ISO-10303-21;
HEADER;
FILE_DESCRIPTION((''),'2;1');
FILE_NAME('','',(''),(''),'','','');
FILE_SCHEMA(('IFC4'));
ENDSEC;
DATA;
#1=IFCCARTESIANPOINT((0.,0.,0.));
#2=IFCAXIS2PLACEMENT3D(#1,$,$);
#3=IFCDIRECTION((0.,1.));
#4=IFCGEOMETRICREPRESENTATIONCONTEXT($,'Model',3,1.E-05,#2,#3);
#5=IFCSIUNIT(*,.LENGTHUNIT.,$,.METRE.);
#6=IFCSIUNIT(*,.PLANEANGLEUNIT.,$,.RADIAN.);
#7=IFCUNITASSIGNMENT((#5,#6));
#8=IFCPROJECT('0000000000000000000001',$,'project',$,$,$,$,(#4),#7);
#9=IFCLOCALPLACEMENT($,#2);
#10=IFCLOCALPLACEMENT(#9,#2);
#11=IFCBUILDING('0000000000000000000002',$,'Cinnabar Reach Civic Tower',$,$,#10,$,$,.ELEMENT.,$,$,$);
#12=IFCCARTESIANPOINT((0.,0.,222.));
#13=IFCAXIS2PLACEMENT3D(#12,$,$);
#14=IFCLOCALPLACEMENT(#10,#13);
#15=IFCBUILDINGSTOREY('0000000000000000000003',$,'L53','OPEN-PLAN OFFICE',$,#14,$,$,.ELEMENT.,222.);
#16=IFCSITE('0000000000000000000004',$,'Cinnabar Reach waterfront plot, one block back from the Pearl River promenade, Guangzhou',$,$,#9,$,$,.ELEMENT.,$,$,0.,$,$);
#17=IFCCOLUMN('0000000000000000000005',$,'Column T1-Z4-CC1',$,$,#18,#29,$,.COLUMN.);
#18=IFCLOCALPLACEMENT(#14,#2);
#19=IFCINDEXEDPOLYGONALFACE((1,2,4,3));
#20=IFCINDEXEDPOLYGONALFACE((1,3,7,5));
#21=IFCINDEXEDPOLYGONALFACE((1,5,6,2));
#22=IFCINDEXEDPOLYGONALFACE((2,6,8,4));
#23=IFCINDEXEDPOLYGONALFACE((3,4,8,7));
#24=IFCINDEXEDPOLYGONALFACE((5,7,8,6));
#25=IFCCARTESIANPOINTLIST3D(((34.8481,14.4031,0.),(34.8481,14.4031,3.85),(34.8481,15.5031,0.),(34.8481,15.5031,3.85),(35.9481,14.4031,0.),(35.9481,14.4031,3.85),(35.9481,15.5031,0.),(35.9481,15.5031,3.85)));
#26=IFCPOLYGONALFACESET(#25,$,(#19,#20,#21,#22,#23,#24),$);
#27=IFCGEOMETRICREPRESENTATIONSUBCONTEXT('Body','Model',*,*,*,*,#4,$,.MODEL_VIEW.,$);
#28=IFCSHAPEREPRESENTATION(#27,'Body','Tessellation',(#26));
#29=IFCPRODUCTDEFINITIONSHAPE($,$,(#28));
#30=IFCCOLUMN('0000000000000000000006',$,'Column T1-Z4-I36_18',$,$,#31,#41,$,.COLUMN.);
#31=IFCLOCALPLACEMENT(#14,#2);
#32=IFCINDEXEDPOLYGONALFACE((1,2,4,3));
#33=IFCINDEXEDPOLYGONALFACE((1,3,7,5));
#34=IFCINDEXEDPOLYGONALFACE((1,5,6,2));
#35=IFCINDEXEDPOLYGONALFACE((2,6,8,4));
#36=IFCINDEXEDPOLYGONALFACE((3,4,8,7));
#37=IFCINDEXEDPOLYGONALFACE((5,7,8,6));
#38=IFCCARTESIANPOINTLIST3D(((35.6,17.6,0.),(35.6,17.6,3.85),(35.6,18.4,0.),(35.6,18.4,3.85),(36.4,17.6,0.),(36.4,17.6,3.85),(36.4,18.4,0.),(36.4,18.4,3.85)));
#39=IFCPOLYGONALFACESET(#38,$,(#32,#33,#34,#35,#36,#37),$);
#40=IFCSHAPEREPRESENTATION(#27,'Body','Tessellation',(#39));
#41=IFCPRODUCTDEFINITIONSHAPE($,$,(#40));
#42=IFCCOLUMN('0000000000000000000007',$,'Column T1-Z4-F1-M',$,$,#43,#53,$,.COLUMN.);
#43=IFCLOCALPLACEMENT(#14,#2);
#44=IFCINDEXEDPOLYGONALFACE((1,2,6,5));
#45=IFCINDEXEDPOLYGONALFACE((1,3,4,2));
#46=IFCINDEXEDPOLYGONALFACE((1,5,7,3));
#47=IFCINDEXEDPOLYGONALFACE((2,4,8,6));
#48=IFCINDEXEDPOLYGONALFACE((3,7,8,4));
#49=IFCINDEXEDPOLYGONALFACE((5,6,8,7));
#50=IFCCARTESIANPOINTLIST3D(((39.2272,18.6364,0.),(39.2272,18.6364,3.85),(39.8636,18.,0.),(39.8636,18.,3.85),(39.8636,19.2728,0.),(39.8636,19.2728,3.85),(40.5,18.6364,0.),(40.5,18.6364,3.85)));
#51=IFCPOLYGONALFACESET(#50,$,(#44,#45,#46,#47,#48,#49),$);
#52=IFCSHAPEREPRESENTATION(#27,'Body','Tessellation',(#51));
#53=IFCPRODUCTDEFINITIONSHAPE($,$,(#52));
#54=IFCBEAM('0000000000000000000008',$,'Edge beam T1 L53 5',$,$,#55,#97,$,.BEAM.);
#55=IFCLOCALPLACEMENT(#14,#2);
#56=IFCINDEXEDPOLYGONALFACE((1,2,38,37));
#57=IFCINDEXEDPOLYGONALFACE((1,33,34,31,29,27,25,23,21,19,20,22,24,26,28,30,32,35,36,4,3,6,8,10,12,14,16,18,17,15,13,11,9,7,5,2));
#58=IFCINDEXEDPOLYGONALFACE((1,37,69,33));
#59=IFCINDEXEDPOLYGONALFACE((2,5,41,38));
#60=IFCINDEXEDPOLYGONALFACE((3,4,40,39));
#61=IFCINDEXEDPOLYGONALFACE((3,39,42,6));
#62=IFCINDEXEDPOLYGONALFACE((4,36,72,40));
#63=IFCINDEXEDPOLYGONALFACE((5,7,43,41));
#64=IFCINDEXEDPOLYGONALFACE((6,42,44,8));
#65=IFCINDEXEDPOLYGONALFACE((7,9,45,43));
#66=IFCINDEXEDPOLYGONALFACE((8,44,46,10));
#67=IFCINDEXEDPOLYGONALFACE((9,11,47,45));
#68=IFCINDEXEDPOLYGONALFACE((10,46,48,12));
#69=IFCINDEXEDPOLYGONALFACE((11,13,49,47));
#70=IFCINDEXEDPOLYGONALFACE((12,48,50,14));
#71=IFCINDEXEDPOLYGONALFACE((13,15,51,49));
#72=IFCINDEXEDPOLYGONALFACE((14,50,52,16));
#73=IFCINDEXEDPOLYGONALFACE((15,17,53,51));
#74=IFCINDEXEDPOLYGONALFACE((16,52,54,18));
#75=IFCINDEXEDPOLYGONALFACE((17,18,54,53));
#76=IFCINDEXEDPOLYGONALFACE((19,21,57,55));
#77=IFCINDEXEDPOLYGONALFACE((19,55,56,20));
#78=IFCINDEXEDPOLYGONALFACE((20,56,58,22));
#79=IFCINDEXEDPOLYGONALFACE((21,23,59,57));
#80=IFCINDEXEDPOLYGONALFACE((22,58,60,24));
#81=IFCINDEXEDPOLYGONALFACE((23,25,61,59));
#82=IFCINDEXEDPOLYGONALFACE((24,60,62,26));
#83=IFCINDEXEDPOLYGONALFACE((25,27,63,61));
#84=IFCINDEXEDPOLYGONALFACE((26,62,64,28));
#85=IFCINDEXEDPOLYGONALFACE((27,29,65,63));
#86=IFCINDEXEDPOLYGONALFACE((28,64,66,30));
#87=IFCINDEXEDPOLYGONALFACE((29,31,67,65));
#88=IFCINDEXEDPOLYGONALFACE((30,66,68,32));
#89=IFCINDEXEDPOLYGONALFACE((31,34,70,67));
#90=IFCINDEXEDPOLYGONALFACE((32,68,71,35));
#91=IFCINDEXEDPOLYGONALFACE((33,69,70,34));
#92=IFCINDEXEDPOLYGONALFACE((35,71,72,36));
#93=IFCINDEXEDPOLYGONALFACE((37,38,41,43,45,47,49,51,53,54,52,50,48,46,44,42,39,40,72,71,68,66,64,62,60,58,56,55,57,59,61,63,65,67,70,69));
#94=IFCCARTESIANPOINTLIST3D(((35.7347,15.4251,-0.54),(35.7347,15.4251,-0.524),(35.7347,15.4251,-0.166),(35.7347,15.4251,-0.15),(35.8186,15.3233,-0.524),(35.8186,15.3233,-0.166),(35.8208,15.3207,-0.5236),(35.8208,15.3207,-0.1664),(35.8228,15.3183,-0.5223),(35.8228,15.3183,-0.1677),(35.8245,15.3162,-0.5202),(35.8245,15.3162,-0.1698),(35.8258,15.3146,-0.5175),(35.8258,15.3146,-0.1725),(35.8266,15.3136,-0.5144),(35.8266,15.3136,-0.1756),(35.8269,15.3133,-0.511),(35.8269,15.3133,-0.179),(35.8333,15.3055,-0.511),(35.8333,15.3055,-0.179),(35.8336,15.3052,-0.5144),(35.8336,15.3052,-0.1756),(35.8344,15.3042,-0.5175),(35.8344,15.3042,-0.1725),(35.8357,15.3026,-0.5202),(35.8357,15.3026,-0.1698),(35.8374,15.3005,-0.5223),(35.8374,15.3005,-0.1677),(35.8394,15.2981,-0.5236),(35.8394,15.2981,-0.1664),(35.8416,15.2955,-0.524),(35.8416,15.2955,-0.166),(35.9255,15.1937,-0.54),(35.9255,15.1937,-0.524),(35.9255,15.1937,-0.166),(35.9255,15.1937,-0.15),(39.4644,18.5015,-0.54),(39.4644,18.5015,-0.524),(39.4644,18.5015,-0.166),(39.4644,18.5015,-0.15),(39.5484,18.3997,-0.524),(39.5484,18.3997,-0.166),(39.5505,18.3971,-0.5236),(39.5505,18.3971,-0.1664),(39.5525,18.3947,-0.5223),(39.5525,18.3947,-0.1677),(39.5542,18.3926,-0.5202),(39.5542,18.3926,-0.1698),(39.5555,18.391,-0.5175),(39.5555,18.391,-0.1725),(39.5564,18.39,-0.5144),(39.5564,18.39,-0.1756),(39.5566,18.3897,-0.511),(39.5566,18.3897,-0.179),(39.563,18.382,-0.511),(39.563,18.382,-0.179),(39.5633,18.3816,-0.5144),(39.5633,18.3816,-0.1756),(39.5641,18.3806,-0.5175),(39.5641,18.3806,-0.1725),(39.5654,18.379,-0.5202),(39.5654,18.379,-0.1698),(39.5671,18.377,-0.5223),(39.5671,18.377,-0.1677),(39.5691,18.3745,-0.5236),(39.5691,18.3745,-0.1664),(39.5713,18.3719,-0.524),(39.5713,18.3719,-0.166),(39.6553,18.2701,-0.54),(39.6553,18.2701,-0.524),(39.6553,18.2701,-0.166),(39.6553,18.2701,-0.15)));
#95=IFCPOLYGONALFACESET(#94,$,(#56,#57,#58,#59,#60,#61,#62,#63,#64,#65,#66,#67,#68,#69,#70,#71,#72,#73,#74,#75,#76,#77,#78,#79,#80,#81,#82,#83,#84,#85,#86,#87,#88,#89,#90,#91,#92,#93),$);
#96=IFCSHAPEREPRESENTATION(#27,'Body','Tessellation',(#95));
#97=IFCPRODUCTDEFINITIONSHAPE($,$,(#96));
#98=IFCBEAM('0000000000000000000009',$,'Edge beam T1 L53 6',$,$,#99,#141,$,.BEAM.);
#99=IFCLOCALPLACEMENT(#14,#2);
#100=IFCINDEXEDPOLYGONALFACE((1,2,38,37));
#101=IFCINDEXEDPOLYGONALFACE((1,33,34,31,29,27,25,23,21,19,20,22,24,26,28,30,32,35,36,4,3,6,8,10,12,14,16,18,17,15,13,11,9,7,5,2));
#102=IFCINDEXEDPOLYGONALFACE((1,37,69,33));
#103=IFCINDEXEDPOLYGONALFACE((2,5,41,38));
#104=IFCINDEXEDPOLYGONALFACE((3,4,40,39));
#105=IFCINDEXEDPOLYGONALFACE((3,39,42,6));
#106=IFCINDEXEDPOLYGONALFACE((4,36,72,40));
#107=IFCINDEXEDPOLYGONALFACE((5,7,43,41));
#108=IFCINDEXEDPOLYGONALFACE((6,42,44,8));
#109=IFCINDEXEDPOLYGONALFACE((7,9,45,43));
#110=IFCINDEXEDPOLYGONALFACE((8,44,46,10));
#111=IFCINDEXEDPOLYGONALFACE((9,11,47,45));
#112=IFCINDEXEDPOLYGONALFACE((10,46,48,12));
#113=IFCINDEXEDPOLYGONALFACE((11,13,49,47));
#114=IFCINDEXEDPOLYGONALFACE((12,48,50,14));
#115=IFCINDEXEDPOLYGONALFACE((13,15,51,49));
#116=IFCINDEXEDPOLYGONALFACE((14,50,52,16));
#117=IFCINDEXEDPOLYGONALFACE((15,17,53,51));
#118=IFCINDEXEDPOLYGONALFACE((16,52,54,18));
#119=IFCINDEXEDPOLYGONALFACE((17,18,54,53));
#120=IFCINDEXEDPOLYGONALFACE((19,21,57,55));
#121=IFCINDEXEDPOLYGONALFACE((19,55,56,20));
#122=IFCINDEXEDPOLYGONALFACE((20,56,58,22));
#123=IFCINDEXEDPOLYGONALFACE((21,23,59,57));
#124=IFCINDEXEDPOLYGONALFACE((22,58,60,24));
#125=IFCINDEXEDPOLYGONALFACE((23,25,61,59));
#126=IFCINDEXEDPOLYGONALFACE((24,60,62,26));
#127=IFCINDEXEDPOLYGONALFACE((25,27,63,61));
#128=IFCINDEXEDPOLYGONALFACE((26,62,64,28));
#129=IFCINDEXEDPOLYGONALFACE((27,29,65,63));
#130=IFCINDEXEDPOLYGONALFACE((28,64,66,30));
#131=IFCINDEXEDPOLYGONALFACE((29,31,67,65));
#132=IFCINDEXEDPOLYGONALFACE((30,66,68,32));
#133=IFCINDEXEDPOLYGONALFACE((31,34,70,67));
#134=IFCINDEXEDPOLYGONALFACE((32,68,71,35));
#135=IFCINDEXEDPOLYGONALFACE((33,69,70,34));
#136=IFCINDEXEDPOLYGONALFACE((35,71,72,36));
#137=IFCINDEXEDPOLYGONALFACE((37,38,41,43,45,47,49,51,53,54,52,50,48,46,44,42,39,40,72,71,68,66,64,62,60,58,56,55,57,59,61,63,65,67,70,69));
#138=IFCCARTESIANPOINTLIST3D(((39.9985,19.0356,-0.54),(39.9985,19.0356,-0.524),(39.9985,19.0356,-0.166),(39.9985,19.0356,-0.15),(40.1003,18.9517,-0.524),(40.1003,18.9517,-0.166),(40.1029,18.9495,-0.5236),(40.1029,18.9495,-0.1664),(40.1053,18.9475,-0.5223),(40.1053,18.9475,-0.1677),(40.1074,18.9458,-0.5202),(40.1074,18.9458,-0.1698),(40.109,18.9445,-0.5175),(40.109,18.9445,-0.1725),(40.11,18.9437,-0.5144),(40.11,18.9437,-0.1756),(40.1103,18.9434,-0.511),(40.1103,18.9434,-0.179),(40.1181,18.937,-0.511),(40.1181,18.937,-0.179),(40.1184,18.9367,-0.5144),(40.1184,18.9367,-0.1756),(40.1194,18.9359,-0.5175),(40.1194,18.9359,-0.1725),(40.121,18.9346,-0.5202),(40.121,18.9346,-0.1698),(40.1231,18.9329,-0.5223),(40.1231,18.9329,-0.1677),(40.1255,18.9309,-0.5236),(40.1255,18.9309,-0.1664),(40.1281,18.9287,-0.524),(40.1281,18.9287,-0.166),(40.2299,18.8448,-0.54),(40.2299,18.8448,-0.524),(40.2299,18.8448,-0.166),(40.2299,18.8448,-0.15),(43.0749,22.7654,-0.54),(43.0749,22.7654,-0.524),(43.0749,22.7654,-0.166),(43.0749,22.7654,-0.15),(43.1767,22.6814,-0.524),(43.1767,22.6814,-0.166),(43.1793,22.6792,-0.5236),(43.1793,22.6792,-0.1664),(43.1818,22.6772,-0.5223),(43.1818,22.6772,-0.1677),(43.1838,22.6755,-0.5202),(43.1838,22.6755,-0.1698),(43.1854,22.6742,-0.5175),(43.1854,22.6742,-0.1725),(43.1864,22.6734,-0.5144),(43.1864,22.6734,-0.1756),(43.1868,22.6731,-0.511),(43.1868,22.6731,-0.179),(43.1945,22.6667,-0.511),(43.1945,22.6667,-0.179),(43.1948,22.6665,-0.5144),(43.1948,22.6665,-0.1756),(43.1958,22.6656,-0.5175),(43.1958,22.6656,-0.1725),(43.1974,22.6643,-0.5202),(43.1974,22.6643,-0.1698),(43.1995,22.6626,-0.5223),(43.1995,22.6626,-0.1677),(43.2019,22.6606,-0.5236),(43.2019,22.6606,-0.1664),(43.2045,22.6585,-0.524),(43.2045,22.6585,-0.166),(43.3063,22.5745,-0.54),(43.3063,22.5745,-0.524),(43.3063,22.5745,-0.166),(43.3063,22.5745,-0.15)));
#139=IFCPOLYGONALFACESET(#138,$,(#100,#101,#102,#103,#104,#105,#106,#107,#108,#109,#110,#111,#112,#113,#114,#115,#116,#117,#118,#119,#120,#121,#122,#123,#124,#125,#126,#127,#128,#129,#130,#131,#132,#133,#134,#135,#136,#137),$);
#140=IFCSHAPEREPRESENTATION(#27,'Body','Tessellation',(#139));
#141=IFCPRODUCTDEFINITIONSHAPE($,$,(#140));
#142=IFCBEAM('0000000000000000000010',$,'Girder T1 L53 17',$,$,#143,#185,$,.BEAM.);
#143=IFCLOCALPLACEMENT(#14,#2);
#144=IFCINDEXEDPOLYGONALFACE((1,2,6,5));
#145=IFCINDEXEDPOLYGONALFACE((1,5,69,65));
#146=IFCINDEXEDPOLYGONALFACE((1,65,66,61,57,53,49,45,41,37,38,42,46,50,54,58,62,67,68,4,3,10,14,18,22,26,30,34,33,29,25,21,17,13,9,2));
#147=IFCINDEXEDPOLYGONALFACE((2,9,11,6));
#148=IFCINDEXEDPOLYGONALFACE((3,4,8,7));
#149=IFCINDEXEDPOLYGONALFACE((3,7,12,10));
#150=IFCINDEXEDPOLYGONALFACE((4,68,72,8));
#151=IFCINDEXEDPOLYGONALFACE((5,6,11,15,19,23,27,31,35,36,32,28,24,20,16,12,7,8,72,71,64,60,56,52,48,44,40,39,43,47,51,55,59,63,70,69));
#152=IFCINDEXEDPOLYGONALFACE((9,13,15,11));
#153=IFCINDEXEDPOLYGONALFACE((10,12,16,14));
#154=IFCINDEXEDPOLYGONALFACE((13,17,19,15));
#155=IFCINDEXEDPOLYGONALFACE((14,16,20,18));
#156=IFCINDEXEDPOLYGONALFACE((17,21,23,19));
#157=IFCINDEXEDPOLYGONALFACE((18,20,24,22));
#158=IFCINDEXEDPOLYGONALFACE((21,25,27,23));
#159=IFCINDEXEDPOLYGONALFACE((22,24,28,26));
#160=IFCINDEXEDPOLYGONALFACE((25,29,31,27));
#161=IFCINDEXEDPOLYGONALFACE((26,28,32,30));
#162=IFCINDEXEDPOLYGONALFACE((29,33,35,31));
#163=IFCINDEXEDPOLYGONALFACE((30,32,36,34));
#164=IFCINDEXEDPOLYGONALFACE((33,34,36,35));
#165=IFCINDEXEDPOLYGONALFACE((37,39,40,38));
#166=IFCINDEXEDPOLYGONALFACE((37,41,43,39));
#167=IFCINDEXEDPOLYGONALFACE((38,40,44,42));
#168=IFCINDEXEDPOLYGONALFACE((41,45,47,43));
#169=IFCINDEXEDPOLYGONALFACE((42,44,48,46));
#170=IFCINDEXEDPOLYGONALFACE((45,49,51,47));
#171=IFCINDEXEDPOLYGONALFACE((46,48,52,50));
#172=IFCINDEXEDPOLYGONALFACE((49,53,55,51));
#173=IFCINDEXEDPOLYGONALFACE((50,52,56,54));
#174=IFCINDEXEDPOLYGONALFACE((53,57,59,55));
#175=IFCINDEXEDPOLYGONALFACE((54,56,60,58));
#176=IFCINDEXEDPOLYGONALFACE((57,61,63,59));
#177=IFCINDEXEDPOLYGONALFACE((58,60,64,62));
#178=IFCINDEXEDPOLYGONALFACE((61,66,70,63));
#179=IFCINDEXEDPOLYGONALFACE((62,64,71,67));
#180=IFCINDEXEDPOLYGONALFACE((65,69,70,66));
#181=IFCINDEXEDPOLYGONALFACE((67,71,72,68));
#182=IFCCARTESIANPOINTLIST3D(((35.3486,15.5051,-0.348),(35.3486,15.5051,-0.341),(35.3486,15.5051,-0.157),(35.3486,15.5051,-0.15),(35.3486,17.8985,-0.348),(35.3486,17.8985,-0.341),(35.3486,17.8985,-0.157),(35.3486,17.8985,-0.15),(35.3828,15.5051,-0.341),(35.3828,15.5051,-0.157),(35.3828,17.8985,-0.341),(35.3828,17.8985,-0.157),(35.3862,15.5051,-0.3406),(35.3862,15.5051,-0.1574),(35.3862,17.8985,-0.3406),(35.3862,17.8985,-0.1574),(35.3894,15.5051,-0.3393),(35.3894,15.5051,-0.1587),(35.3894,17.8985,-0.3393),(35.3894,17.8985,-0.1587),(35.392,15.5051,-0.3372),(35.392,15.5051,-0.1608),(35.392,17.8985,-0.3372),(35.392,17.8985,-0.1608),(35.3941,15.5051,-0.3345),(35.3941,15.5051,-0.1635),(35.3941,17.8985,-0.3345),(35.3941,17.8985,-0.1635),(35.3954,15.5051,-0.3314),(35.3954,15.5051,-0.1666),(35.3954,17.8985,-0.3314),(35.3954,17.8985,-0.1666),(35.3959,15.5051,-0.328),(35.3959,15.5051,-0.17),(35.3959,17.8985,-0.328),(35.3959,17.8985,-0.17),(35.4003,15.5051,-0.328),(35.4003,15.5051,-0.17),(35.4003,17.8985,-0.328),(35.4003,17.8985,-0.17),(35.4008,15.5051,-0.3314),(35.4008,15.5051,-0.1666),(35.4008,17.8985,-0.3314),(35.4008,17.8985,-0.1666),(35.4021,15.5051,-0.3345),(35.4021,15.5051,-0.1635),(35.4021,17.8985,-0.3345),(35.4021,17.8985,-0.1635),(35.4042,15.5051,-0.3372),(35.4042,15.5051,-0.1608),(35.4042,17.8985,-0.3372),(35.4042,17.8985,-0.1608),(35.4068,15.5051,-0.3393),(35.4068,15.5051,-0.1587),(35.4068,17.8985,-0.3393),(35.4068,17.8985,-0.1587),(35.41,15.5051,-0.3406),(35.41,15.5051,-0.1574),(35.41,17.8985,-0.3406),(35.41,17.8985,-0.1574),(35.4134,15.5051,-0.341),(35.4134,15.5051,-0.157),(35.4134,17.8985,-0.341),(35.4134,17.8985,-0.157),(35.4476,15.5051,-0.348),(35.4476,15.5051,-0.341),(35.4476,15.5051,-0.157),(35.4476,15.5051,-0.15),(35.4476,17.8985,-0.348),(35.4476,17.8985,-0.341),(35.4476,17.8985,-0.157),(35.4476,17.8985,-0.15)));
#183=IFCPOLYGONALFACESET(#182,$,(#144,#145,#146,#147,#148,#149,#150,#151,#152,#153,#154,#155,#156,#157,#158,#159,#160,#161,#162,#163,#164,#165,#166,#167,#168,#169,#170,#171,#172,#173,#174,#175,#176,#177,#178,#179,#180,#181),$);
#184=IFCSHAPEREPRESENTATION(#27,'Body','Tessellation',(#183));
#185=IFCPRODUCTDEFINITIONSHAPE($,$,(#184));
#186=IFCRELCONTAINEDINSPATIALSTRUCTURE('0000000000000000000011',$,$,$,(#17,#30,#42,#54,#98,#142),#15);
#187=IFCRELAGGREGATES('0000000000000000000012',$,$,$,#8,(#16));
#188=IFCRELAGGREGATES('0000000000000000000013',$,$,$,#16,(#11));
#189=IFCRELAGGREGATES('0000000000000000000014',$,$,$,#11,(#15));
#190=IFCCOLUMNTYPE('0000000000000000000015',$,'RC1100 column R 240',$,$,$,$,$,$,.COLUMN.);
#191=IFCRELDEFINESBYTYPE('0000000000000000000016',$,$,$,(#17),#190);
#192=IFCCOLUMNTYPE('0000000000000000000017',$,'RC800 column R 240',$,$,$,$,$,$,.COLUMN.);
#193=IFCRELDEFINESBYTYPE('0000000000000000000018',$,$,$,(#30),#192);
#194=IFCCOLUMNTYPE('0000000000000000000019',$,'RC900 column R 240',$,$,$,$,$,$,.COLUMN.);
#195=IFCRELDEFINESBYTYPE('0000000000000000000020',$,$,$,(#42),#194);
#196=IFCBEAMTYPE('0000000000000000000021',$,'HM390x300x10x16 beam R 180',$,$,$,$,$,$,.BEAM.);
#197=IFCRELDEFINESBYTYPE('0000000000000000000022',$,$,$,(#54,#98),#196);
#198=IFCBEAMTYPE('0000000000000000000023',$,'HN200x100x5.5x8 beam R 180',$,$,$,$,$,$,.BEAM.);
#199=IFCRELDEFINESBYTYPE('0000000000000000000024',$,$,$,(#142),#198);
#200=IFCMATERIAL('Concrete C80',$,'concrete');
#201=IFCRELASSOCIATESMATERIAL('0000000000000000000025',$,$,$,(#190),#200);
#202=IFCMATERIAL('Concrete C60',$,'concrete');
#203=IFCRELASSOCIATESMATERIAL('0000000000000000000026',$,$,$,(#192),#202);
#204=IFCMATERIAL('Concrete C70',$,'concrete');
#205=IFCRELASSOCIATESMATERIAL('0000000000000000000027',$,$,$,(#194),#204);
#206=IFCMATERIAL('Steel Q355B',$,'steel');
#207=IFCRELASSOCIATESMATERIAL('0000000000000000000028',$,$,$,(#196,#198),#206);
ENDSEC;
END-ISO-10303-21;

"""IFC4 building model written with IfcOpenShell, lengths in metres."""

from ifc_helpers import new_model, si_unit, direction, frame, origin, origin_2d, place, context, subcontext, project, spatial, rectangle, i_section, extrude, material, material_profile, profile_set, type_object, element, save


model = new_model("IFC4")

# Units and contexts
model_context = context("Model", 3, precision=1e-05, world=origin(), true_north=direction((0.0, 1.0)))
body_context = subcontext(model_context, "Body", "Model", "MODEL_VIEW")
ifc_project = project(units=[si_unit("LENGTHUNIT", "METRE"), si_unit("PLANEANGLEUNIT", "RADIAN")], contexts=[model_context])

# Site, building, storey
site_placement = place(None, origin())
site = spatial("IfcSite", under=ifc_project, at=site_placement, Name="Cinnabar Reach waterfront plot, one block back from the Pearl River promenade, Guangzhou", CompositionType="ELEMENT", RefElevation=0.0)
building_placement = place(site_placement, origin())
building = spatial("IfcBuilding", under=site, at=building_placement, Name="Cinnabar Reach Civic Tower", CompositionType="ELEMENT")
storey_placement = place(building_placement, frame((0.0, 0.0, 222.0)))
storey = spatial("IfcBuildingStorey", under=building, at=storey_placement, Name="L53", Description="OPEN-PLAN OFFICE", CompositionType="ELEMENT", Elevation=222.0)

# Columns
ifc_material_1 = material(Name="Concrete C80", Category="concrete")
ifc_material_profile_1 = material_profile(ifc_material_1, rectangle(XDim=1.1, YDim=1.1, at=origin_2d()), Name="RC1100")
ifc_profile_set_1 = profile_set([ifc_material_profile_1], Name="Concrete C80")
column_type_1 = type_object("IfcColumnType", Name="RC1100 column R 240", PredefinedType="COLUMN", material=ifc_profile_set_1)
column_1_placement = place(storey_placement, frame((35.3981, 14.9531, 0.0), z_axis=(0.0, 0.0, 1.0), x_axis=(1.0, 0.0, 0.0)))
element("IfcColumn", 1, at=column_1_placement, inside=storey, type_object=column_type_1, Name="Column T1-Z4-CC1", PredefinedType="COLUMN", context=body_context, shape_type="SweptSolid", body=[
    extrude(rectangle(XDim=1.1, YDim=1.1, at=origin_2d()), origin(), (0.0, 0.0, 1.0), 3.85),
])
ifc_material_2 = material(Name="Concrete C60", Category="concrete")
ifc_material_profile_2 = material_profile(ifc_material_2, rectangle(XDim=0.8, YDim=0.8, at=origin_2d()), Name="RC800")
ifc_profile_set_2 = profile_set([ifc_material_profile_2], Name="Concrete C60")
column_type_2 = type_object("IfcColumnType", Name="RC800 column R 240", PredefinedType="COLUMN", material=ifc_profile_set_2)
column_2_placement = place(storey_placement, frame((36.0, 18.0, 0.0), z_axis=(0.0, 0.0, 1.0), x_axis=(1.0, 0.0, 0.0)))
element("IfcColumn", 2, at=column_2_placement, inside=storey, type_object=column_type_2, Name="Column T1-Z4-I36_18", PredefinedType="COLUMN", context=body_context, shape_type="SweptSolid", body=[
    extrude(rectangle(XDim=0.8, YDim=0.8, at=origin_2d()), origin(), (0.0, 0.0, 1.0), 3.85),
])
ifc_material_3 = material(Name="Concrete C70", Category="concrete")
ifc_material_profile_3 = material_profile(ifc_material_3, rectangle(XDim=0.9, YDim=0.9, at=origin_2d()), Name="RC900")
ifc_profile_set_3 = profile_set([ifc_material_profile_3], Name="Concrete C70")
column_type_3 = type_object("IfcColumnType", Name="RC900 column R 240", PredefinedType="COLUMN", material=ifc_profile_set_3)
column_3_placement = place(storey_placement, frame((39.8636, 18.6364, 0.0), z_axis=(0.0, 0.0, 1.0), x_axis=(0.707107, 0.707107, 0.0)))
element("IfcColumn", 3, at=column_3_placement, inside=storey, type_object=column_type_3, Name="Column T1-Z4-F1-M", PredefinedType="COLUMN", context=body_context, shape_type="SweptSolid", body=[
    extrude(rectangle(XDim=0.9, YDim=0.9, at=origin_2d()), origin(), (0.0, 0.0, 1.0), 3.85),
])

# Beams
ifc_material_4 = material(Name="Steel Q355B", Category="steel")
ifc_material_profile_4 = material_profile(ifc_material_4, i_section(OverallWidth=0.3, OverallDepth=0.39, WebThickness=0.01, FlangeThickness=0.016, FilletRadius=0.013, at=origin_2d()), Name="HM390x300x10x16")
ifc_profile_set_4 = profile_set([ifc_material_profile_4], Name="Steel Q355B")
beam_type_1 = type_object("IfcBeamType", Name="HM390x300x10x16 beam R 180", PredefinedType="BEAM", material=ifc_profile_set_4)
for number, where, z_axis, x_axis, name in (
    (4, (35.8301, 15.3094, -0.345), (0.771434, 0.636309, 0.0), (-0.636309, 0.771434, 0.0), "Edge beam T1 L53 5"),
    (5, (40.1142, 18.9402, -0.345), (0.636309, 0.771434, 0.0), (-0.771434, 0.636309, 0.0), "Edge beam T1 L53 6"),
):
    element("IfcBeam", number, at=place(storey_placement, frame(where, z_axis=z_axis, x_axis=x_axis)), inside=storey, type_object=beam_type_1, Name=name, PredefinedType="BEAM", context=body_context, shape_type="SweptSolid", body=[
        extrude(i_section(OverallWidth=0.3, OverallDepth=0.39, WebThickness=0.01, FlangeThickness=0.016, FilletRadius=0.013, at=origin_2d()), origin(), (0.0, 0.0, 1.0), 4.8348),
    ])
ifc_material_profile_5 = material_profile(ifc_material_4, i_section(OverallWidth=0.099, OverallDepth=0.198, WebThickness=0.0045, FlangeThickness=0.007, FilletRadius=0.013, at=origin_2d()), Name="HN200x100x5.5x8")
ifc_profile_set_5 = profile_set([ifc_material_profile_5], Name="Steel Q355B")
beam_type_2 = type_object("IfcBeamType", Name="HN200x100x5.5x8 beam R 180", PredefinedType="BEAM", material=ifc_profile_set_5)
beam_1_placement = place(storey_placement, frame((35.3981, 15.5051, -0.249), z_axis=(0.0, 1.0, 0.0), x_axis=(-1.0, 0.0, 0.0)))
element("IfcBeam", 6, at=beam_1_placement, inside=storey, type_object=beam_type_2, Name="Girder T1 L53 17", PredefinedType="BEAM", context=body_context, shape_type="SweptSolid", body=[
    extrude(i_section(OverallWidth=0.099, OverallDepth=0.198, WebThickness=0.0045, FlangeThickness=0.007, FilletRadius=0.013, at=origin_2d()), origin(), (0.0, 0.0, 1.0), 2.3934),
])

save(model, "model.ifc")
